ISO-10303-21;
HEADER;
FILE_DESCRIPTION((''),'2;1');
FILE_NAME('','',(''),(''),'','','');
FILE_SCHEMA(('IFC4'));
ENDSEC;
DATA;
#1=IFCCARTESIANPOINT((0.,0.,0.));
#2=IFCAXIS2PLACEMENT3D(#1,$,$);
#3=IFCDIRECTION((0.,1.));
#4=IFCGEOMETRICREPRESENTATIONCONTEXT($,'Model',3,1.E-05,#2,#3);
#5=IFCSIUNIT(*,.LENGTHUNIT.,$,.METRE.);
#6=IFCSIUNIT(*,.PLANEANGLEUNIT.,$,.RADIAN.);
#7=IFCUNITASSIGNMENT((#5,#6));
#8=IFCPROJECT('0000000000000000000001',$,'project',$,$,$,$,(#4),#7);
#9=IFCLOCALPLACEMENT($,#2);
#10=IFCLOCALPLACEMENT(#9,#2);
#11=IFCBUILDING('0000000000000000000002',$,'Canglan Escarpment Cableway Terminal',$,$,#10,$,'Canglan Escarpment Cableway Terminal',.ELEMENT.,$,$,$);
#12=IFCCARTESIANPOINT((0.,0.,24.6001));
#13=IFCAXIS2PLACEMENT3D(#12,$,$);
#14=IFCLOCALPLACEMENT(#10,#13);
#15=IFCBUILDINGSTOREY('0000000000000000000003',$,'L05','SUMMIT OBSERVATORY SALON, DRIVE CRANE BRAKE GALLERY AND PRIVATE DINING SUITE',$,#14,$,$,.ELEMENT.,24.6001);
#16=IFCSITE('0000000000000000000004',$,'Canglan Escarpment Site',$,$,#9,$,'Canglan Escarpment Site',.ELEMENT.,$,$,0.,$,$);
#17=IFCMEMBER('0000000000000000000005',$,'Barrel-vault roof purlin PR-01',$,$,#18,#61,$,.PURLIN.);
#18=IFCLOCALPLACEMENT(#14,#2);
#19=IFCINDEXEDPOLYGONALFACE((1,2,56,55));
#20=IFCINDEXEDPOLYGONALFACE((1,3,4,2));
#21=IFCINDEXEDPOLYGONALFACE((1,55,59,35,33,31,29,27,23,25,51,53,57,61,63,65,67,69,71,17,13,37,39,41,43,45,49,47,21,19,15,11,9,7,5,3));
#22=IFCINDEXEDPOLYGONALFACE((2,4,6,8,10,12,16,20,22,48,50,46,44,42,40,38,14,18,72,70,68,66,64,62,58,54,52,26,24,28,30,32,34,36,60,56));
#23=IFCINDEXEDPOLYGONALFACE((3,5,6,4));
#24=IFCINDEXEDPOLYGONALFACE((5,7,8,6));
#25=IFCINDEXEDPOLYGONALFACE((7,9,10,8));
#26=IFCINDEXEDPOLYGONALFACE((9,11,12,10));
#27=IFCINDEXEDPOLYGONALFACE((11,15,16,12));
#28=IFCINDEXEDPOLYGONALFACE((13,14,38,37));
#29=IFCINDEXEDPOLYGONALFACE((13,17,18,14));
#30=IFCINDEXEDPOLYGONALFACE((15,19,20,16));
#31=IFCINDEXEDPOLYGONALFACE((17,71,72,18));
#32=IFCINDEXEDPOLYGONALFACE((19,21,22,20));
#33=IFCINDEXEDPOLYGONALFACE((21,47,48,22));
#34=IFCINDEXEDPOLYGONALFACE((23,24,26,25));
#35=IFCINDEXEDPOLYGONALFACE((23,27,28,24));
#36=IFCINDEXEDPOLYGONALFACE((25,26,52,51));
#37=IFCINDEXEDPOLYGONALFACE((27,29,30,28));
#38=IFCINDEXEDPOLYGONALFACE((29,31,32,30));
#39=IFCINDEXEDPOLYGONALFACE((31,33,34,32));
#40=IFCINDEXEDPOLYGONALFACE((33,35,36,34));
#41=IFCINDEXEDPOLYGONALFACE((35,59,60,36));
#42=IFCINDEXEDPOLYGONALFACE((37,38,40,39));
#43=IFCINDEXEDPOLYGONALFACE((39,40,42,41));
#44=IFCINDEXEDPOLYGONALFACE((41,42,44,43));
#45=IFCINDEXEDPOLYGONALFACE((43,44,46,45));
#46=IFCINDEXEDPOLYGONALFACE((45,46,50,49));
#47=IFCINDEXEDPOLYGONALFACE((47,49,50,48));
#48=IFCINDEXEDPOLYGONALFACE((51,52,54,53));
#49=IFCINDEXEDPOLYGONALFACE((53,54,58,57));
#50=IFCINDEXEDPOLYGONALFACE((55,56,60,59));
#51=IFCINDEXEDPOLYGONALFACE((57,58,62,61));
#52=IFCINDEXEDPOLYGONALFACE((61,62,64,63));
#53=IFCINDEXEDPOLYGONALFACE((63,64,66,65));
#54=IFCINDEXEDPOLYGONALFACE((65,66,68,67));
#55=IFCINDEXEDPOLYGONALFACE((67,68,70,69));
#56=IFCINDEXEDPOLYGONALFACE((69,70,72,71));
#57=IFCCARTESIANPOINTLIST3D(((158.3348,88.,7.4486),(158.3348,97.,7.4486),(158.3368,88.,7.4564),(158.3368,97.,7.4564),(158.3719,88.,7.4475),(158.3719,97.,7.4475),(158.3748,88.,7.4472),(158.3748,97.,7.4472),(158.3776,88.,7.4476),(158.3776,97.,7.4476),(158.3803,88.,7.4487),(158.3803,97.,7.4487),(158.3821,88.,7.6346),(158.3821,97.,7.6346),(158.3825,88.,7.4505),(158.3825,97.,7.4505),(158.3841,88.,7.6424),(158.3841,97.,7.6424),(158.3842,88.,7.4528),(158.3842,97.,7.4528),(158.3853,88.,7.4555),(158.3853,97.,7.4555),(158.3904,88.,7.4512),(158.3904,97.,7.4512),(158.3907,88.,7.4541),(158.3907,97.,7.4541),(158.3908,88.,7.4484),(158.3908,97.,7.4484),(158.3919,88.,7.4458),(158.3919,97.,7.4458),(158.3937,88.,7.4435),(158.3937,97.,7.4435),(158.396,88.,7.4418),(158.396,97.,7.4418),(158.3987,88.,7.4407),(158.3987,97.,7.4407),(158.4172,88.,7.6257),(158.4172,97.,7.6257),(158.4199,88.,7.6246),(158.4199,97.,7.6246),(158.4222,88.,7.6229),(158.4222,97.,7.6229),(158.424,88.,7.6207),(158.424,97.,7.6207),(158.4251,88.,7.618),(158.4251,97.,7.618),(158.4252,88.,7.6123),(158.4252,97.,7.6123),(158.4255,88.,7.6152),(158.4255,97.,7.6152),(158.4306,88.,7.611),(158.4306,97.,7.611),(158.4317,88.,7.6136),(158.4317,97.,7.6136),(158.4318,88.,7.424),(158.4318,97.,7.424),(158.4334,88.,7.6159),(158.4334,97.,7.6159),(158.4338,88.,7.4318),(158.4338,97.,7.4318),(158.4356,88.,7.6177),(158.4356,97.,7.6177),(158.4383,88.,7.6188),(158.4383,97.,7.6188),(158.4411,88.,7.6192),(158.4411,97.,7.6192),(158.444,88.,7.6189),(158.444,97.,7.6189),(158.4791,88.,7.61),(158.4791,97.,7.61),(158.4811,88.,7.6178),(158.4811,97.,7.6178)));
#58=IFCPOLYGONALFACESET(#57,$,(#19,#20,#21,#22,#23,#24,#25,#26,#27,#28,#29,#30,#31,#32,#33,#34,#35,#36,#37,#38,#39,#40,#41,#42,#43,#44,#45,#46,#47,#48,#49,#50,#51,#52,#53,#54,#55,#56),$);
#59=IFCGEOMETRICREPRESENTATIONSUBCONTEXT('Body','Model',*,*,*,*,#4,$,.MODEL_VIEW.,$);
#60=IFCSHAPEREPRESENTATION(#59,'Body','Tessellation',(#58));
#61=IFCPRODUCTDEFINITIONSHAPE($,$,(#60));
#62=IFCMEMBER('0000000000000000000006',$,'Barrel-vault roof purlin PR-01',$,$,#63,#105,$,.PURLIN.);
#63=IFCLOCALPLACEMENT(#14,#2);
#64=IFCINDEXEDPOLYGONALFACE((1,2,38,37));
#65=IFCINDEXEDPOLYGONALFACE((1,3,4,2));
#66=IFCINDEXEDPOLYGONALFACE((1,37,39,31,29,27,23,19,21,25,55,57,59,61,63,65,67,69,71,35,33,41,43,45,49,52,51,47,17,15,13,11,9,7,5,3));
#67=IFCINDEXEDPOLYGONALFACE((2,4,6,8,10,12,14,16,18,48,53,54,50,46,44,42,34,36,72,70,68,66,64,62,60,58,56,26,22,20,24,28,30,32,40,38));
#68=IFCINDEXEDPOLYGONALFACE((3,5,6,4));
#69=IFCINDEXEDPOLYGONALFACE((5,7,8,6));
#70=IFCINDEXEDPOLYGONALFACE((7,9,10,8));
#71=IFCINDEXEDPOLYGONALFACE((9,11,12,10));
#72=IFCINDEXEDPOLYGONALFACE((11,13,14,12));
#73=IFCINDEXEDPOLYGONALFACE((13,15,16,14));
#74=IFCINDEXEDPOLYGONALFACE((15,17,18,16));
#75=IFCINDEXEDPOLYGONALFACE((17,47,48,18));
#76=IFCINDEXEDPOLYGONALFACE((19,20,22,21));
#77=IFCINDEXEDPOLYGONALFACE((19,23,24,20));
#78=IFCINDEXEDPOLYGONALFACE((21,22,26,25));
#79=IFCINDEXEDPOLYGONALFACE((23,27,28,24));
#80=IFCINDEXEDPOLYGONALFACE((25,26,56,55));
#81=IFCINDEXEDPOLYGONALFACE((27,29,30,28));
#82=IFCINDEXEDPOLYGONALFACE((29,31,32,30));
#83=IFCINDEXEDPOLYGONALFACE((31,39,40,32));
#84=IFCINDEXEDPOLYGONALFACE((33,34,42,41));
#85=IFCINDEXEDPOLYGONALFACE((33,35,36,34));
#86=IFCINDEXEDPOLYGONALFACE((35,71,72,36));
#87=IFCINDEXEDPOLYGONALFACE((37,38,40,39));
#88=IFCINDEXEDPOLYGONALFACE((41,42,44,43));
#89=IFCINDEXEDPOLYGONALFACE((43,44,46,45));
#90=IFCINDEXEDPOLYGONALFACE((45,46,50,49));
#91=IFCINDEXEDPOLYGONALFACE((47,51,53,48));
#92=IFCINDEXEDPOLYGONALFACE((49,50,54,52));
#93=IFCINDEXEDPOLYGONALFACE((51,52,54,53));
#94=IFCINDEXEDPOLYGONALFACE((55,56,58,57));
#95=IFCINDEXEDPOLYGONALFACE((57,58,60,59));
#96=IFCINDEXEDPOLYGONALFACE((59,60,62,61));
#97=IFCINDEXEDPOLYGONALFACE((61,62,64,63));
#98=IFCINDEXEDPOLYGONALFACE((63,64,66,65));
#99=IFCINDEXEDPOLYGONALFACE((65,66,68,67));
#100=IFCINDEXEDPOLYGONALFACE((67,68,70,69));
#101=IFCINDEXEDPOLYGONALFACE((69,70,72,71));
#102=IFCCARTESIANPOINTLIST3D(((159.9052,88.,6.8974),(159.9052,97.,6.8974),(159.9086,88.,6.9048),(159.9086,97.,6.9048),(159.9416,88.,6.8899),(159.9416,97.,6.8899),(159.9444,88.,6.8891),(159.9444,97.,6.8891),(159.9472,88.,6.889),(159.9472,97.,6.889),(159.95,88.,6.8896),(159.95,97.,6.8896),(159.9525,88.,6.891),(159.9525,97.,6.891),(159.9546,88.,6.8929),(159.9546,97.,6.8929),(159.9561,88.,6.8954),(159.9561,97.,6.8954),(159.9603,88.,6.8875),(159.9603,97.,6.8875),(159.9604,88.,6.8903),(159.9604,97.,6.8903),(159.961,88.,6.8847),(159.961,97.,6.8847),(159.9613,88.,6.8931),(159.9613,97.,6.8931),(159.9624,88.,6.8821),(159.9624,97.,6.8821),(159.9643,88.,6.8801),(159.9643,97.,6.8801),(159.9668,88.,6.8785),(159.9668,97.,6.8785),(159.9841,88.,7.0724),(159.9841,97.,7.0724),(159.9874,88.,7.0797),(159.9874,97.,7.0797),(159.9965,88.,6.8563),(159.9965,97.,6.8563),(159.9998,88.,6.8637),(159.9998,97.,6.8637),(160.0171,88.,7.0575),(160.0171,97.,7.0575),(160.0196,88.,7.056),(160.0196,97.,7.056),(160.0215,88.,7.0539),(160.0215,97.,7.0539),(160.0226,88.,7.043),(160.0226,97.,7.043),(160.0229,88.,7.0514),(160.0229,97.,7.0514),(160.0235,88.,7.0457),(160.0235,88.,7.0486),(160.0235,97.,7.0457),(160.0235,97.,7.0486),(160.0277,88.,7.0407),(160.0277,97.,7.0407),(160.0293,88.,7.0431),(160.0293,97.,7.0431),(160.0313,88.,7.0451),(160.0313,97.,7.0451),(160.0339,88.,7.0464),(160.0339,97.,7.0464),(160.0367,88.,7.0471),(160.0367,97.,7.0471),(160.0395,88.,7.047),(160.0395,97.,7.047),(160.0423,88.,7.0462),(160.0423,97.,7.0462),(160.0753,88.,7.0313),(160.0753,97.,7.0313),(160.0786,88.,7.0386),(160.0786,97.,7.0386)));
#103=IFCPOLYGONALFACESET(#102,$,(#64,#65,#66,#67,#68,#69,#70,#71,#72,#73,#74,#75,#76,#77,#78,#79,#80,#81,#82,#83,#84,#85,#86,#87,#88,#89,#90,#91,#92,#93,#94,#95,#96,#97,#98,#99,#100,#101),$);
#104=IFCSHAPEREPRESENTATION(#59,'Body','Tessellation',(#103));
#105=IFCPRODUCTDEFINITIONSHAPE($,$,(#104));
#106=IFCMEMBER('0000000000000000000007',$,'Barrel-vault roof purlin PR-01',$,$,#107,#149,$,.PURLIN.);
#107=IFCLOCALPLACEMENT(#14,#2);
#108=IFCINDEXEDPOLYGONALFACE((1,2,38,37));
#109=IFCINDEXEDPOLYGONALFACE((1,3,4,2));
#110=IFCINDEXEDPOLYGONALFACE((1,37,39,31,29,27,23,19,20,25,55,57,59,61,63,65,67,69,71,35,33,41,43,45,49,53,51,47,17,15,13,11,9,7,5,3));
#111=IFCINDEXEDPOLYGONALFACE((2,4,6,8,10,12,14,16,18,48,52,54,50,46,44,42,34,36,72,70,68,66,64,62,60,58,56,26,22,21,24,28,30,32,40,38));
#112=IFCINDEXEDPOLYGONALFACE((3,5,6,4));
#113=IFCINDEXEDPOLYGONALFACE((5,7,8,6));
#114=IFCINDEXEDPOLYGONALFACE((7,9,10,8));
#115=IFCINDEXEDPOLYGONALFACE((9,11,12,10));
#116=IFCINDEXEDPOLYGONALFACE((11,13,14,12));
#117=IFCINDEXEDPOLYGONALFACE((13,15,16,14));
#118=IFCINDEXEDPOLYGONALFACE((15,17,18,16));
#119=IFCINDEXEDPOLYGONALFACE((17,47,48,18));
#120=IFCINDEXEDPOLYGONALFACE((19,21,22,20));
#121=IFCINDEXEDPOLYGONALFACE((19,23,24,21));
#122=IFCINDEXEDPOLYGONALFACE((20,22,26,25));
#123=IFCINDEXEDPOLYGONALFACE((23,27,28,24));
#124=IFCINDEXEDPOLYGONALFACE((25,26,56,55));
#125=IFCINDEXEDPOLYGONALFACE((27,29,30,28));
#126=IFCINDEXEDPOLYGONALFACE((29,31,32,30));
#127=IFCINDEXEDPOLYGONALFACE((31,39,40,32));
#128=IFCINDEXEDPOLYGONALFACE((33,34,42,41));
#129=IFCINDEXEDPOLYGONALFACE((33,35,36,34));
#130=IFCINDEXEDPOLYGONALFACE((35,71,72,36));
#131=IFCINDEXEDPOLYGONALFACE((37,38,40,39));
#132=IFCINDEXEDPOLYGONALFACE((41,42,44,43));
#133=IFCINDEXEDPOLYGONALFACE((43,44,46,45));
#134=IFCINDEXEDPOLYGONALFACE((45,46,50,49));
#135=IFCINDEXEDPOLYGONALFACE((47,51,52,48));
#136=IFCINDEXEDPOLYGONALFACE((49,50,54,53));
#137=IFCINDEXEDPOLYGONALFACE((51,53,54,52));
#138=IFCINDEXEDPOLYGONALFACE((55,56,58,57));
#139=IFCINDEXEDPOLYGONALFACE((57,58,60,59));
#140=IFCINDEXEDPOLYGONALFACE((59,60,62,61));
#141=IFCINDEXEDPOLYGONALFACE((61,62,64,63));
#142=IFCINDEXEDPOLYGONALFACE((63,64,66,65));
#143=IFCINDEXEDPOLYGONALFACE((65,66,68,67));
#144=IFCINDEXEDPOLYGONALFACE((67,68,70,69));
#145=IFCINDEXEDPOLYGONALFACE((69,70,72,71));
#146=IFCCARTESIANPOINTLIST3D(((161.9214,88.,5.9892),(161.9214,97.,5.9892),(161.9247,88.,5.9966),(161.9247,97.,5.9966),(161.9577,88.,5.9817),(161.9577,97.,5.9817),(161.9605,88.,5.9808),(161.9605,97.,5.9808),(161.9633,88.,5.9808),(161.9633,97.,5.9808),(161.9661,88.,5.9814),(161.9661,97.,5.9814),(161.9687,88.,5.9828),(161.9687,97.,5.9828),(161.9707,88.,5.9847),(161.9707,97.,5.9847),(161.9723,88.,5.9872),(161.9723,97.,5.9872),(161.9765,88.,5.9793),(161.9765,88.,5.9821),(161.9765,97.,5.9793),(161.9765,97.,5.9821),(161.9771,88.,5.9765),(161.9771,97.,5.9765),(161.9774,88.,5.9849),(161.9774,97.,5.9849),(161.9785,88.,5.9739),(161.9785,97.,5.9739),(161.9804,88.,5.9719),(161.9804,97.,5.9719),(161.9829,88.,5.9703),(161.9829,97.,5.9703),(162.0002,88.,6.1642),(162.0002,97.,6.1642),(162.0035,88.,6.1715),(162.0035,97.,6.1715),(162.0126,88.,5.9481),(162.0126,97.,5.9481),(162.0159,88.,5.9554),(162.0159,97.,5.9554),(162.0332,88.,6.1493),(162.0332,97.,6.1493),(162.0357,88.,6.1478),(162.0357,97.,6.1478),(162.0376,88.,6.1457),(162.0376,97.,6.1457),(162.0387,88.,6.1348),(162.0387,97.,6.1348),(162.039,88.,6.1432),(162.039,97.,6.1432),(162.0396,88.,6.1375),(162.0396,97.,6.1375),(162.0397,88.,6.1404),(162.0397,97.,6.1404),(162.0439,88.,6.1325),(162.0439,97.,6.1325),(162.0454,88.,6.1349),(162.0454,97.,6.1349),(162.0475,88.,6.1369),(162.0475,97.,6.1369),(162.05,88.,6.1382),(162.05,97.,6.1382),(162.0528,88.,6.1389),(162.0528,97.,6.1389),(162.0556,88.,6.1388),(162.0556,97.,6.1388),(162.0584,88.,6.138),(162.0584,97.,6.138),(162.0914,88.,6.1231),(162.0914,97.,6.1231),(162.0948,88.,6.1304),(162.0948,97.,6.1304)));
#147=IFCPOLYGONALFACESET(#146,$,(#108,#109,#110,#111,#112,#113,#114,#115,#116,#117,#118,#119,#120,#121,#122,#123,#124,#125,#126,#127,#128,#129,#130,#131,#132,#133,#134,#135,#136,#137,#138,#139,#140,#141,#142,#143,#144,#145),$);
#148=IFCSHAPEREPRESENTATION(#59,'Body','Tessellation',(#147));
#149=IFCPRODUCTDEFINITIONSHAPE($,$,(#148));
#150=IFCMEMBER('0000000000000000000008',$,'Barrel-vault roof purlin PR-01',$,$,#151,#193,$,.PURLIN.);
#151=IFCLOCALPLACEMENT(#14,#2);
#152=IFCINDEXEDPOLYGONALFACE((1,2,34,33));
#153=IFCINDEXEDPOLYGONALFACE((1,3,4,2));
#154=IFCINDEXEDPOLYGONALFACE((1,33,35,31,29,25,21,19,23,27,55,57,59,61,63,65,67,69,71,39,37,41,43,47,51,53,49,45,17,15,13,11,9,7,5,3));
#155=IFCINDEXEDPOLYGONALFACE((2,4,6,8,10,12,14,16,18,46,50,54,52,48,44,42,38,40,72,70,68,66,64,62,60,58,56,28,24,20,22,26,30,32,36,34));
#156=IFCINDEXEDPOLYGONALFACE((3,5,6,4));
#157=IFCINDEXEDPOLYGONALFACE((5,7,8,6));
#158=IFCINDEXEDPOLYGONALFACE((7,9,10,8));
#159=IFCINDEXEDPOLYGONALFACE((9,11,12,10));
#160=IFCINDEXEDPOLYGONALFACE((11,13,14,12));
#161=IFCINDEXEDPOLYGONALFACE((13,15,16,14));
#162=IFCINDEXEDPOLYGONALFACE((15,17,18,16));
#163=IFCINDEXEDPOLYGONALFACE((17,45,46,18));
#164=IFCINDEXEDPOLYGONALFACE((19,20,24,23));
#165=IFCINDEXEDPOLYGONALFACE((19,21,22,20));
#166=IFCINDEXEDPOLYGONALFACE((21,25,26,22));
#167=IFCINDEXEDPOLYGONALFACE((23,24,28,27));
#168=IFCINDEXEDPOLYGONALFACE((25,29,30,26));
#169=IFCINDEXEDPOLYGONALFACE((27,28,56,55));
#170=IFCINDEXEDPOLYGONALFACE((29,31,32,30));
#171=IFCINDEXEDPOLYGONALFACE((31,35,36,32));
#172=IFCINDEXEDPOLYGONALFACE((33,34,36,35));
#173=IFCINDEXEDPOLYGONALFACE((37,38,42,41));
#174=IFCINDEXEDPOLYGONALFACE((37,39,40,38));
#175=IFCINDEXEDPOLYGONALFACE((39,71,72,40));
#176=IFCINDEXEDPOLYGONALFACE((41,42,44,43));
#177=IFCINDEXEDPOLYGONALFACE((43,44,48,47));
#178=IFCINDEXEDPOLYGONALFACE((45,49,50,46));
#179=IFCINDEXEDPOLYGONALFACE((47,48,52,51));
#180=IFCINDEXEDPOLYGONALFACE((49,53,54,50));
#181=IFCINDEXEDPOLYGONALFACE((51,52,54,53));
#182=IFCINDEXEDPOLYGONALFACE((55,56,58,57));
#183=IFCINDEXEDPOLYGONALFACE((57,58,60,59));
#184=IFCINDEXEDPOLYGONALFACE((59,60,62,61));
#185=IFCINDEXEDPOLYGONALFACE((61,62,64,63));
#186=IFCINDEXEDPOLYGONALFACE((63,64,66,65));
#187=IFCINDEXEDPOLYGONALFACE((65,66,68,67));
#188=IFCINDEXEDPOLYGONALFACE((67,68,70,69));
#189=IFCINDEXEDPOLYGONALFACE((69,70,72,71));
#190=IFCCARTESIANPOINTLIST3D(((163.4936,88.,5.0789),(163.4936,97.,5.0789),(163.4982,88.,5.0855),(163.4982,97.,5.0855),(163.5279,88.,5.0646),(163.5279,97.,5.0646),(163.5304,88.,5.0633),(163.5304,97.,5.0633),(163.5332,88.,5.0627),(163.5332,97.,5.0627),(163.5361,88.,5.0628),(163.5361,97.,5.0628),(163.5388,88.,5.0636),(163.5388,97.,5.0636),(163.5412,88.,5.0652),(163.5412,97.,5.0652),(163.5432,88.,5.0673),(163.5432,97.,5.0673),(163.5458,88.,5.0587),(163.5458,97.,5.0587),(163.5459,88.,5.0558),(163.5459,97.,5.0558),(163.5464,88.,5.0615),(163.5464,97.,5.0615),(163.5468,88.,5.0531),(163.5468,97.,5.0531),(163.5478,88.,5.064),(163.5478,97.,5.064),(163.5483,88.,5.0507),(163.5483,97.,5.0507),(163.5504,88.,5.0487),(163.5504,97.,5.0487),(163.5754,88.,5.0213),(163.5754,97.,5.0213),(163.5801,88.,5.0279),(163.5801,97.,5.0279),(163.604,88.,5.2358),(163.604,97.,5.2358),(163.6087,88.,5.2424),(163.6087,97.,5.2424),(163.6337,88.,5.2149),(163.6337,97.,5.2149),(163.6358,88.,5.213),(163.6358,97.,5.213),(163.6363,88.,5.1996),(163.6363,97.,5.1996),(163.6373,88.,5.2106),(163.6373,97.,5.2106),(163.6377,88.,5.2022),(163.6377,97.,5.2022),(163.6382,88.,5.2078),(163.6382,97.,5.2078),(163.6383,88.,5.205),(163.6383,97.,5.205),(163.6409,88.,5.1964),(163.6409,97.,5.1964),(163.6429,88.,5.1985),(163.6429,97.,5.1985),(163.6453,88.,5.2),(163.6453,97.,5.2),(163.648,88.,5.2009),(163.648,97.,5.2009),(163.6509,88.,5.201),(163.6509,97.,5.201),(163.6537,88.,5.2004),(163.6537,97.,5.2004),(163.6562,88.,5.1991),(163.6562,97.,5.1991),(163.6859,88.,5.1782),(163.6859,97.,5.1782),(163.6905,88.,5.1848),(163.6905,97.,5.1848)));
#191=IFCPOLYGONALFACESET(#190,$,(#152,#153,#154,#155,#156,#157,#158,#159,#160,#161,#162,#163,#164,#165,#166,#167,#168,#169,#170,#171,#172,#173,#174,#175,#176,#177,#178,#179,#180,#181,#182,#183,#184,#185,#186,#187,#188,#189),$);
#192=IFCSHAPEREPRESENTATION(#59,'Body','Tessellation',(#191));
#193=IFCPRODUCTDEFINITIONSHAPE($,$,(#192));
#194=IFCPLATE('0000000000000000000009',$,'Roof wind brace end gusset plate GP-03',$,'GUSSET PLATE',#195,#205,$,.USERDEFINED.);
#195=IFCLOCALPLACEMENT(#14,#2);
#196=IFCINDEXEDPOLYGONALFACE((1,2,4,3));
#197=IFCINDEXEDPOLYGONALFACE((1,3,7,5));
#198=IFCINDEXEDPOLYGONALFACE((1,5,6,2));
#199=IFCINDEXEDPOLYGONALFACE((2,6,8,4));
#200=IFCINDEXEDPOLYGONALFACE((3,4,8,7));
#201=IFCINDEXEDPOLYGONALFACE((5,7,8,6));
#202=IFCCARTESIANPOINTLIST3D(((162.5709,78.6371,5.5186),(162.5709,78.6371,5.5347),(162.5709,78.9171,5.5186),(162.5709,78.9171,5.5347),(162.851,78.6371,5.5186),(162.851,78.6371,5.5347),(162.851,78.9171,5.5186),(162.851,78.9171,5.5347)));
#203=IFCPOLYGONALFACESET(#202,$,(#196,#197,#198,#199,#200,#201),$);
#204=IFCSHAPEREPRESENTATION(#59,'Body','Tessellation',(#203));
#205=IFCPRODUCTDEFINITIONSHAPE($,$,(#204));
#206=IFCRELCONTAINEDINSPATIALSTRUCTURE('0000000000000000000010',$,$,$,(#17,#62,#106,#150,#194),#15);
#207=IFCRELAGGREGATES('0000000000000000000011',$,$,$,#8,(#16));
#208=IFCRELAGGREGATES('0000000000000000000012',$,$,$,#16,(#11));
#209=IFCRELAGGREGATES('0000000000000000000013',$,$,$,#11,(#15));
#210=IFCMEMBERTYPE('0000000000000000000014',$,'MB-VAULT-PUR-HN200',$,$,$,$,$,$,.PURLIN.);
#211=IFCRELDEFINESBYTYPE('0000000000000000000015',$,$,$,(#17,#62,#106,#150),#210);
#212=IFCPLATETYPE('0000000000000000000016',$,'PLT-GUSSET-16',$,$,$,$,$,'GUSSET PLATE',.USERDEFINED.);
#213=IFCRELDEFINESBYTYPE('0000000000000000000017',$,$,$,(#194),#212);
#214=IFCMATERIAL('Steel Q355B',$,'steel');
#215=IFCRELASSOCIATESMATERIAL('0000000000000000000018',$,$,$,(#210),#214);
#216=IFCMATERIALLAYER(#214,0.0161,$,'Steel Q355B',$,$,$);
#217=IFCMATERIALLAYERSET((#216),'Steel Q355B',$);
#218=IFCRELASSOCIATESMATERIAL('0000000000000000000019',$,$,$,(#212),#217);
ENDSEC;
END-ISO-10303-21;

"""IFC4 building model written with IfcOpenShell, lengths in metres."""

from ifc_helpers import new_model, si_unit, direction, frame, origin, origin_2d, place, context, subcontext, project, spatial, rectangle, i_section, extrude, material, layer, layer_set, material_profile, profile_set, type_object, element, save


model = new_model("IFC4")

# Units and contexts
model_context = context("Model", 3, precision=1e-05, world=origin(), true_north=direction((0.0, 1.0)))
body_context = subcontext(model_context, "Body", "Model", "MODEL_VIEW")
ifc_project = project(units=[si_unit("LENGTHUNIT", "METRE"), si_unit("PLANEANGLEUNIT", "RADIAN")], contexts=[model_context])

# Site, building, storey
site_placement = place(None, origin())
site = spatial("IfcSite", under=ifc_project, at=site_placement, Name="Canglan Escarpment Site", LongName="Canglan Escarpment Site", CompositionType="ELEMENT", RefElevation=0.0)
building_placement = place(site_placement, origin())
building = spatial("IfcBuilding", under=site, at=building_placement, Name="Canglan Escarpment Cableway Terminal", LongName="Canglan Escarpment Cableway Terminal", CompositionType="ELEMENT")
storey_placement = place(building_placement, frame((0.0, 0.0, 24.6001)))
storey = spatial("IfcBuildingStorey", under=building, at=storey_placement, Name="L05", Description="SUMMIT OBSERVATORY SALON, DRIVE CRANE BRAKE GALLERY AND PRIVATE DINING SUITE", CompositionType="ELEMENT", Elevation=24.6001)

# Shared definitions
ifc_material = material(Name="Steel Q355B", Category="steel")

# Members
ifc_material_profile_1 = material_profile(ifc_material, i_section(OverallWidth=0.1001, OverallDepth=0.2, WebThickness=0.0056, FlangeThickness=0.0081, FilletRadius=0.011, at=origin_2d()), Name="HN 200x100x5.5x8")
ifc_profile_set_1 = profile_set([ifc_material_profile_1], Name="Steel Q355B")
member_type_1 = type_object("IfcMemberType", Name="MB-VAULT-PUR-HN200", PredefinedType="PURLIN", material=ifc_profile_set_1)
for number, where, z_axis, x_axis, name in (
    (1, (158.408, 88.0, 7.5332), (0.0, 1.0, 0.0), (-0.969184, 0.0, 0.246339), "Barrel-vault roof purlin PR-01"),
    (2, (159.9919, 88.0, 6.968), (0.0, 1.0, 0.0), (-0.911741, 0.0, 0.410767), "Barrel-vault roof purlin PR-01"),
    (3, (162.0081, 88.0, 6.0598), (0.0, 1.0, 0.0), (-0.911741, 0.0, 0.410767), "Barrel-vault roof purlin PR-01"),
    (4, (163.592, 88.0, 5.1318), (0.0, 1.0, 0.0), (-0.817728, 0.0, 0.575605), "Barrel-vault roof purlin PR-01"),
):
    element("IfcMember", number, at=place(storey_placement, frame(where, z_axis=z_axis, x_axis=x_axis)), inside=storey, type_object=member_type_1, Name=name, PredefinedType="PURLIN", context=body_context, shape_type="SweptSolid", body=[
        extrude(i_section(OverallWidth=0.1001, OverallDepth=0.2, WebThickness=0.0056, FlangeThickness=0.0081, FilletRadius=0.011, at=origin_2d()), origin(), (0.0, 0.0, 1.0), 9.0),
    ])

# Plate
ifc_layer_1 = layer(ifc_material, 0.0161, Name="Steel Q355B")
ifc_layer_set_1 = layer_set([ifc_layer_1], Name="Steel Q355B")
plate_type_1 = type_object("IfcPlateType", Name="PLT-GUSSET-16", ElementType="GUSSET PLATE", PredefinedType="USERDEFINED", material=ifc_layer_set_1)
for number, where, z_axis, x_axis, name in (
    (5, (162.7109, 78.7771, 5.5186), (0.0, 0.0, 1.0), (1.0, 0.0, 0.0), "Roof wind brace end gusset plate GP-03"),
):
    element("IfcPlate", number, at=place(storey_placement, frame(where, z_axis=z_axis, x_axis=x_axis)), inside=storey, type_object=plate_type_1, Name=name, ObjectType="GUSSET PLATE", PredefinedType="USERDEFINED", context=body_context, shape_type="SweptSolid", body=[
        extrude(rectangle(XDim=0.28, YDim=0.28, at=origin_2d()), origin(), (0.0, 0.0, 1.0), 0.0161),
    ])

save(model, "model.ifc")
